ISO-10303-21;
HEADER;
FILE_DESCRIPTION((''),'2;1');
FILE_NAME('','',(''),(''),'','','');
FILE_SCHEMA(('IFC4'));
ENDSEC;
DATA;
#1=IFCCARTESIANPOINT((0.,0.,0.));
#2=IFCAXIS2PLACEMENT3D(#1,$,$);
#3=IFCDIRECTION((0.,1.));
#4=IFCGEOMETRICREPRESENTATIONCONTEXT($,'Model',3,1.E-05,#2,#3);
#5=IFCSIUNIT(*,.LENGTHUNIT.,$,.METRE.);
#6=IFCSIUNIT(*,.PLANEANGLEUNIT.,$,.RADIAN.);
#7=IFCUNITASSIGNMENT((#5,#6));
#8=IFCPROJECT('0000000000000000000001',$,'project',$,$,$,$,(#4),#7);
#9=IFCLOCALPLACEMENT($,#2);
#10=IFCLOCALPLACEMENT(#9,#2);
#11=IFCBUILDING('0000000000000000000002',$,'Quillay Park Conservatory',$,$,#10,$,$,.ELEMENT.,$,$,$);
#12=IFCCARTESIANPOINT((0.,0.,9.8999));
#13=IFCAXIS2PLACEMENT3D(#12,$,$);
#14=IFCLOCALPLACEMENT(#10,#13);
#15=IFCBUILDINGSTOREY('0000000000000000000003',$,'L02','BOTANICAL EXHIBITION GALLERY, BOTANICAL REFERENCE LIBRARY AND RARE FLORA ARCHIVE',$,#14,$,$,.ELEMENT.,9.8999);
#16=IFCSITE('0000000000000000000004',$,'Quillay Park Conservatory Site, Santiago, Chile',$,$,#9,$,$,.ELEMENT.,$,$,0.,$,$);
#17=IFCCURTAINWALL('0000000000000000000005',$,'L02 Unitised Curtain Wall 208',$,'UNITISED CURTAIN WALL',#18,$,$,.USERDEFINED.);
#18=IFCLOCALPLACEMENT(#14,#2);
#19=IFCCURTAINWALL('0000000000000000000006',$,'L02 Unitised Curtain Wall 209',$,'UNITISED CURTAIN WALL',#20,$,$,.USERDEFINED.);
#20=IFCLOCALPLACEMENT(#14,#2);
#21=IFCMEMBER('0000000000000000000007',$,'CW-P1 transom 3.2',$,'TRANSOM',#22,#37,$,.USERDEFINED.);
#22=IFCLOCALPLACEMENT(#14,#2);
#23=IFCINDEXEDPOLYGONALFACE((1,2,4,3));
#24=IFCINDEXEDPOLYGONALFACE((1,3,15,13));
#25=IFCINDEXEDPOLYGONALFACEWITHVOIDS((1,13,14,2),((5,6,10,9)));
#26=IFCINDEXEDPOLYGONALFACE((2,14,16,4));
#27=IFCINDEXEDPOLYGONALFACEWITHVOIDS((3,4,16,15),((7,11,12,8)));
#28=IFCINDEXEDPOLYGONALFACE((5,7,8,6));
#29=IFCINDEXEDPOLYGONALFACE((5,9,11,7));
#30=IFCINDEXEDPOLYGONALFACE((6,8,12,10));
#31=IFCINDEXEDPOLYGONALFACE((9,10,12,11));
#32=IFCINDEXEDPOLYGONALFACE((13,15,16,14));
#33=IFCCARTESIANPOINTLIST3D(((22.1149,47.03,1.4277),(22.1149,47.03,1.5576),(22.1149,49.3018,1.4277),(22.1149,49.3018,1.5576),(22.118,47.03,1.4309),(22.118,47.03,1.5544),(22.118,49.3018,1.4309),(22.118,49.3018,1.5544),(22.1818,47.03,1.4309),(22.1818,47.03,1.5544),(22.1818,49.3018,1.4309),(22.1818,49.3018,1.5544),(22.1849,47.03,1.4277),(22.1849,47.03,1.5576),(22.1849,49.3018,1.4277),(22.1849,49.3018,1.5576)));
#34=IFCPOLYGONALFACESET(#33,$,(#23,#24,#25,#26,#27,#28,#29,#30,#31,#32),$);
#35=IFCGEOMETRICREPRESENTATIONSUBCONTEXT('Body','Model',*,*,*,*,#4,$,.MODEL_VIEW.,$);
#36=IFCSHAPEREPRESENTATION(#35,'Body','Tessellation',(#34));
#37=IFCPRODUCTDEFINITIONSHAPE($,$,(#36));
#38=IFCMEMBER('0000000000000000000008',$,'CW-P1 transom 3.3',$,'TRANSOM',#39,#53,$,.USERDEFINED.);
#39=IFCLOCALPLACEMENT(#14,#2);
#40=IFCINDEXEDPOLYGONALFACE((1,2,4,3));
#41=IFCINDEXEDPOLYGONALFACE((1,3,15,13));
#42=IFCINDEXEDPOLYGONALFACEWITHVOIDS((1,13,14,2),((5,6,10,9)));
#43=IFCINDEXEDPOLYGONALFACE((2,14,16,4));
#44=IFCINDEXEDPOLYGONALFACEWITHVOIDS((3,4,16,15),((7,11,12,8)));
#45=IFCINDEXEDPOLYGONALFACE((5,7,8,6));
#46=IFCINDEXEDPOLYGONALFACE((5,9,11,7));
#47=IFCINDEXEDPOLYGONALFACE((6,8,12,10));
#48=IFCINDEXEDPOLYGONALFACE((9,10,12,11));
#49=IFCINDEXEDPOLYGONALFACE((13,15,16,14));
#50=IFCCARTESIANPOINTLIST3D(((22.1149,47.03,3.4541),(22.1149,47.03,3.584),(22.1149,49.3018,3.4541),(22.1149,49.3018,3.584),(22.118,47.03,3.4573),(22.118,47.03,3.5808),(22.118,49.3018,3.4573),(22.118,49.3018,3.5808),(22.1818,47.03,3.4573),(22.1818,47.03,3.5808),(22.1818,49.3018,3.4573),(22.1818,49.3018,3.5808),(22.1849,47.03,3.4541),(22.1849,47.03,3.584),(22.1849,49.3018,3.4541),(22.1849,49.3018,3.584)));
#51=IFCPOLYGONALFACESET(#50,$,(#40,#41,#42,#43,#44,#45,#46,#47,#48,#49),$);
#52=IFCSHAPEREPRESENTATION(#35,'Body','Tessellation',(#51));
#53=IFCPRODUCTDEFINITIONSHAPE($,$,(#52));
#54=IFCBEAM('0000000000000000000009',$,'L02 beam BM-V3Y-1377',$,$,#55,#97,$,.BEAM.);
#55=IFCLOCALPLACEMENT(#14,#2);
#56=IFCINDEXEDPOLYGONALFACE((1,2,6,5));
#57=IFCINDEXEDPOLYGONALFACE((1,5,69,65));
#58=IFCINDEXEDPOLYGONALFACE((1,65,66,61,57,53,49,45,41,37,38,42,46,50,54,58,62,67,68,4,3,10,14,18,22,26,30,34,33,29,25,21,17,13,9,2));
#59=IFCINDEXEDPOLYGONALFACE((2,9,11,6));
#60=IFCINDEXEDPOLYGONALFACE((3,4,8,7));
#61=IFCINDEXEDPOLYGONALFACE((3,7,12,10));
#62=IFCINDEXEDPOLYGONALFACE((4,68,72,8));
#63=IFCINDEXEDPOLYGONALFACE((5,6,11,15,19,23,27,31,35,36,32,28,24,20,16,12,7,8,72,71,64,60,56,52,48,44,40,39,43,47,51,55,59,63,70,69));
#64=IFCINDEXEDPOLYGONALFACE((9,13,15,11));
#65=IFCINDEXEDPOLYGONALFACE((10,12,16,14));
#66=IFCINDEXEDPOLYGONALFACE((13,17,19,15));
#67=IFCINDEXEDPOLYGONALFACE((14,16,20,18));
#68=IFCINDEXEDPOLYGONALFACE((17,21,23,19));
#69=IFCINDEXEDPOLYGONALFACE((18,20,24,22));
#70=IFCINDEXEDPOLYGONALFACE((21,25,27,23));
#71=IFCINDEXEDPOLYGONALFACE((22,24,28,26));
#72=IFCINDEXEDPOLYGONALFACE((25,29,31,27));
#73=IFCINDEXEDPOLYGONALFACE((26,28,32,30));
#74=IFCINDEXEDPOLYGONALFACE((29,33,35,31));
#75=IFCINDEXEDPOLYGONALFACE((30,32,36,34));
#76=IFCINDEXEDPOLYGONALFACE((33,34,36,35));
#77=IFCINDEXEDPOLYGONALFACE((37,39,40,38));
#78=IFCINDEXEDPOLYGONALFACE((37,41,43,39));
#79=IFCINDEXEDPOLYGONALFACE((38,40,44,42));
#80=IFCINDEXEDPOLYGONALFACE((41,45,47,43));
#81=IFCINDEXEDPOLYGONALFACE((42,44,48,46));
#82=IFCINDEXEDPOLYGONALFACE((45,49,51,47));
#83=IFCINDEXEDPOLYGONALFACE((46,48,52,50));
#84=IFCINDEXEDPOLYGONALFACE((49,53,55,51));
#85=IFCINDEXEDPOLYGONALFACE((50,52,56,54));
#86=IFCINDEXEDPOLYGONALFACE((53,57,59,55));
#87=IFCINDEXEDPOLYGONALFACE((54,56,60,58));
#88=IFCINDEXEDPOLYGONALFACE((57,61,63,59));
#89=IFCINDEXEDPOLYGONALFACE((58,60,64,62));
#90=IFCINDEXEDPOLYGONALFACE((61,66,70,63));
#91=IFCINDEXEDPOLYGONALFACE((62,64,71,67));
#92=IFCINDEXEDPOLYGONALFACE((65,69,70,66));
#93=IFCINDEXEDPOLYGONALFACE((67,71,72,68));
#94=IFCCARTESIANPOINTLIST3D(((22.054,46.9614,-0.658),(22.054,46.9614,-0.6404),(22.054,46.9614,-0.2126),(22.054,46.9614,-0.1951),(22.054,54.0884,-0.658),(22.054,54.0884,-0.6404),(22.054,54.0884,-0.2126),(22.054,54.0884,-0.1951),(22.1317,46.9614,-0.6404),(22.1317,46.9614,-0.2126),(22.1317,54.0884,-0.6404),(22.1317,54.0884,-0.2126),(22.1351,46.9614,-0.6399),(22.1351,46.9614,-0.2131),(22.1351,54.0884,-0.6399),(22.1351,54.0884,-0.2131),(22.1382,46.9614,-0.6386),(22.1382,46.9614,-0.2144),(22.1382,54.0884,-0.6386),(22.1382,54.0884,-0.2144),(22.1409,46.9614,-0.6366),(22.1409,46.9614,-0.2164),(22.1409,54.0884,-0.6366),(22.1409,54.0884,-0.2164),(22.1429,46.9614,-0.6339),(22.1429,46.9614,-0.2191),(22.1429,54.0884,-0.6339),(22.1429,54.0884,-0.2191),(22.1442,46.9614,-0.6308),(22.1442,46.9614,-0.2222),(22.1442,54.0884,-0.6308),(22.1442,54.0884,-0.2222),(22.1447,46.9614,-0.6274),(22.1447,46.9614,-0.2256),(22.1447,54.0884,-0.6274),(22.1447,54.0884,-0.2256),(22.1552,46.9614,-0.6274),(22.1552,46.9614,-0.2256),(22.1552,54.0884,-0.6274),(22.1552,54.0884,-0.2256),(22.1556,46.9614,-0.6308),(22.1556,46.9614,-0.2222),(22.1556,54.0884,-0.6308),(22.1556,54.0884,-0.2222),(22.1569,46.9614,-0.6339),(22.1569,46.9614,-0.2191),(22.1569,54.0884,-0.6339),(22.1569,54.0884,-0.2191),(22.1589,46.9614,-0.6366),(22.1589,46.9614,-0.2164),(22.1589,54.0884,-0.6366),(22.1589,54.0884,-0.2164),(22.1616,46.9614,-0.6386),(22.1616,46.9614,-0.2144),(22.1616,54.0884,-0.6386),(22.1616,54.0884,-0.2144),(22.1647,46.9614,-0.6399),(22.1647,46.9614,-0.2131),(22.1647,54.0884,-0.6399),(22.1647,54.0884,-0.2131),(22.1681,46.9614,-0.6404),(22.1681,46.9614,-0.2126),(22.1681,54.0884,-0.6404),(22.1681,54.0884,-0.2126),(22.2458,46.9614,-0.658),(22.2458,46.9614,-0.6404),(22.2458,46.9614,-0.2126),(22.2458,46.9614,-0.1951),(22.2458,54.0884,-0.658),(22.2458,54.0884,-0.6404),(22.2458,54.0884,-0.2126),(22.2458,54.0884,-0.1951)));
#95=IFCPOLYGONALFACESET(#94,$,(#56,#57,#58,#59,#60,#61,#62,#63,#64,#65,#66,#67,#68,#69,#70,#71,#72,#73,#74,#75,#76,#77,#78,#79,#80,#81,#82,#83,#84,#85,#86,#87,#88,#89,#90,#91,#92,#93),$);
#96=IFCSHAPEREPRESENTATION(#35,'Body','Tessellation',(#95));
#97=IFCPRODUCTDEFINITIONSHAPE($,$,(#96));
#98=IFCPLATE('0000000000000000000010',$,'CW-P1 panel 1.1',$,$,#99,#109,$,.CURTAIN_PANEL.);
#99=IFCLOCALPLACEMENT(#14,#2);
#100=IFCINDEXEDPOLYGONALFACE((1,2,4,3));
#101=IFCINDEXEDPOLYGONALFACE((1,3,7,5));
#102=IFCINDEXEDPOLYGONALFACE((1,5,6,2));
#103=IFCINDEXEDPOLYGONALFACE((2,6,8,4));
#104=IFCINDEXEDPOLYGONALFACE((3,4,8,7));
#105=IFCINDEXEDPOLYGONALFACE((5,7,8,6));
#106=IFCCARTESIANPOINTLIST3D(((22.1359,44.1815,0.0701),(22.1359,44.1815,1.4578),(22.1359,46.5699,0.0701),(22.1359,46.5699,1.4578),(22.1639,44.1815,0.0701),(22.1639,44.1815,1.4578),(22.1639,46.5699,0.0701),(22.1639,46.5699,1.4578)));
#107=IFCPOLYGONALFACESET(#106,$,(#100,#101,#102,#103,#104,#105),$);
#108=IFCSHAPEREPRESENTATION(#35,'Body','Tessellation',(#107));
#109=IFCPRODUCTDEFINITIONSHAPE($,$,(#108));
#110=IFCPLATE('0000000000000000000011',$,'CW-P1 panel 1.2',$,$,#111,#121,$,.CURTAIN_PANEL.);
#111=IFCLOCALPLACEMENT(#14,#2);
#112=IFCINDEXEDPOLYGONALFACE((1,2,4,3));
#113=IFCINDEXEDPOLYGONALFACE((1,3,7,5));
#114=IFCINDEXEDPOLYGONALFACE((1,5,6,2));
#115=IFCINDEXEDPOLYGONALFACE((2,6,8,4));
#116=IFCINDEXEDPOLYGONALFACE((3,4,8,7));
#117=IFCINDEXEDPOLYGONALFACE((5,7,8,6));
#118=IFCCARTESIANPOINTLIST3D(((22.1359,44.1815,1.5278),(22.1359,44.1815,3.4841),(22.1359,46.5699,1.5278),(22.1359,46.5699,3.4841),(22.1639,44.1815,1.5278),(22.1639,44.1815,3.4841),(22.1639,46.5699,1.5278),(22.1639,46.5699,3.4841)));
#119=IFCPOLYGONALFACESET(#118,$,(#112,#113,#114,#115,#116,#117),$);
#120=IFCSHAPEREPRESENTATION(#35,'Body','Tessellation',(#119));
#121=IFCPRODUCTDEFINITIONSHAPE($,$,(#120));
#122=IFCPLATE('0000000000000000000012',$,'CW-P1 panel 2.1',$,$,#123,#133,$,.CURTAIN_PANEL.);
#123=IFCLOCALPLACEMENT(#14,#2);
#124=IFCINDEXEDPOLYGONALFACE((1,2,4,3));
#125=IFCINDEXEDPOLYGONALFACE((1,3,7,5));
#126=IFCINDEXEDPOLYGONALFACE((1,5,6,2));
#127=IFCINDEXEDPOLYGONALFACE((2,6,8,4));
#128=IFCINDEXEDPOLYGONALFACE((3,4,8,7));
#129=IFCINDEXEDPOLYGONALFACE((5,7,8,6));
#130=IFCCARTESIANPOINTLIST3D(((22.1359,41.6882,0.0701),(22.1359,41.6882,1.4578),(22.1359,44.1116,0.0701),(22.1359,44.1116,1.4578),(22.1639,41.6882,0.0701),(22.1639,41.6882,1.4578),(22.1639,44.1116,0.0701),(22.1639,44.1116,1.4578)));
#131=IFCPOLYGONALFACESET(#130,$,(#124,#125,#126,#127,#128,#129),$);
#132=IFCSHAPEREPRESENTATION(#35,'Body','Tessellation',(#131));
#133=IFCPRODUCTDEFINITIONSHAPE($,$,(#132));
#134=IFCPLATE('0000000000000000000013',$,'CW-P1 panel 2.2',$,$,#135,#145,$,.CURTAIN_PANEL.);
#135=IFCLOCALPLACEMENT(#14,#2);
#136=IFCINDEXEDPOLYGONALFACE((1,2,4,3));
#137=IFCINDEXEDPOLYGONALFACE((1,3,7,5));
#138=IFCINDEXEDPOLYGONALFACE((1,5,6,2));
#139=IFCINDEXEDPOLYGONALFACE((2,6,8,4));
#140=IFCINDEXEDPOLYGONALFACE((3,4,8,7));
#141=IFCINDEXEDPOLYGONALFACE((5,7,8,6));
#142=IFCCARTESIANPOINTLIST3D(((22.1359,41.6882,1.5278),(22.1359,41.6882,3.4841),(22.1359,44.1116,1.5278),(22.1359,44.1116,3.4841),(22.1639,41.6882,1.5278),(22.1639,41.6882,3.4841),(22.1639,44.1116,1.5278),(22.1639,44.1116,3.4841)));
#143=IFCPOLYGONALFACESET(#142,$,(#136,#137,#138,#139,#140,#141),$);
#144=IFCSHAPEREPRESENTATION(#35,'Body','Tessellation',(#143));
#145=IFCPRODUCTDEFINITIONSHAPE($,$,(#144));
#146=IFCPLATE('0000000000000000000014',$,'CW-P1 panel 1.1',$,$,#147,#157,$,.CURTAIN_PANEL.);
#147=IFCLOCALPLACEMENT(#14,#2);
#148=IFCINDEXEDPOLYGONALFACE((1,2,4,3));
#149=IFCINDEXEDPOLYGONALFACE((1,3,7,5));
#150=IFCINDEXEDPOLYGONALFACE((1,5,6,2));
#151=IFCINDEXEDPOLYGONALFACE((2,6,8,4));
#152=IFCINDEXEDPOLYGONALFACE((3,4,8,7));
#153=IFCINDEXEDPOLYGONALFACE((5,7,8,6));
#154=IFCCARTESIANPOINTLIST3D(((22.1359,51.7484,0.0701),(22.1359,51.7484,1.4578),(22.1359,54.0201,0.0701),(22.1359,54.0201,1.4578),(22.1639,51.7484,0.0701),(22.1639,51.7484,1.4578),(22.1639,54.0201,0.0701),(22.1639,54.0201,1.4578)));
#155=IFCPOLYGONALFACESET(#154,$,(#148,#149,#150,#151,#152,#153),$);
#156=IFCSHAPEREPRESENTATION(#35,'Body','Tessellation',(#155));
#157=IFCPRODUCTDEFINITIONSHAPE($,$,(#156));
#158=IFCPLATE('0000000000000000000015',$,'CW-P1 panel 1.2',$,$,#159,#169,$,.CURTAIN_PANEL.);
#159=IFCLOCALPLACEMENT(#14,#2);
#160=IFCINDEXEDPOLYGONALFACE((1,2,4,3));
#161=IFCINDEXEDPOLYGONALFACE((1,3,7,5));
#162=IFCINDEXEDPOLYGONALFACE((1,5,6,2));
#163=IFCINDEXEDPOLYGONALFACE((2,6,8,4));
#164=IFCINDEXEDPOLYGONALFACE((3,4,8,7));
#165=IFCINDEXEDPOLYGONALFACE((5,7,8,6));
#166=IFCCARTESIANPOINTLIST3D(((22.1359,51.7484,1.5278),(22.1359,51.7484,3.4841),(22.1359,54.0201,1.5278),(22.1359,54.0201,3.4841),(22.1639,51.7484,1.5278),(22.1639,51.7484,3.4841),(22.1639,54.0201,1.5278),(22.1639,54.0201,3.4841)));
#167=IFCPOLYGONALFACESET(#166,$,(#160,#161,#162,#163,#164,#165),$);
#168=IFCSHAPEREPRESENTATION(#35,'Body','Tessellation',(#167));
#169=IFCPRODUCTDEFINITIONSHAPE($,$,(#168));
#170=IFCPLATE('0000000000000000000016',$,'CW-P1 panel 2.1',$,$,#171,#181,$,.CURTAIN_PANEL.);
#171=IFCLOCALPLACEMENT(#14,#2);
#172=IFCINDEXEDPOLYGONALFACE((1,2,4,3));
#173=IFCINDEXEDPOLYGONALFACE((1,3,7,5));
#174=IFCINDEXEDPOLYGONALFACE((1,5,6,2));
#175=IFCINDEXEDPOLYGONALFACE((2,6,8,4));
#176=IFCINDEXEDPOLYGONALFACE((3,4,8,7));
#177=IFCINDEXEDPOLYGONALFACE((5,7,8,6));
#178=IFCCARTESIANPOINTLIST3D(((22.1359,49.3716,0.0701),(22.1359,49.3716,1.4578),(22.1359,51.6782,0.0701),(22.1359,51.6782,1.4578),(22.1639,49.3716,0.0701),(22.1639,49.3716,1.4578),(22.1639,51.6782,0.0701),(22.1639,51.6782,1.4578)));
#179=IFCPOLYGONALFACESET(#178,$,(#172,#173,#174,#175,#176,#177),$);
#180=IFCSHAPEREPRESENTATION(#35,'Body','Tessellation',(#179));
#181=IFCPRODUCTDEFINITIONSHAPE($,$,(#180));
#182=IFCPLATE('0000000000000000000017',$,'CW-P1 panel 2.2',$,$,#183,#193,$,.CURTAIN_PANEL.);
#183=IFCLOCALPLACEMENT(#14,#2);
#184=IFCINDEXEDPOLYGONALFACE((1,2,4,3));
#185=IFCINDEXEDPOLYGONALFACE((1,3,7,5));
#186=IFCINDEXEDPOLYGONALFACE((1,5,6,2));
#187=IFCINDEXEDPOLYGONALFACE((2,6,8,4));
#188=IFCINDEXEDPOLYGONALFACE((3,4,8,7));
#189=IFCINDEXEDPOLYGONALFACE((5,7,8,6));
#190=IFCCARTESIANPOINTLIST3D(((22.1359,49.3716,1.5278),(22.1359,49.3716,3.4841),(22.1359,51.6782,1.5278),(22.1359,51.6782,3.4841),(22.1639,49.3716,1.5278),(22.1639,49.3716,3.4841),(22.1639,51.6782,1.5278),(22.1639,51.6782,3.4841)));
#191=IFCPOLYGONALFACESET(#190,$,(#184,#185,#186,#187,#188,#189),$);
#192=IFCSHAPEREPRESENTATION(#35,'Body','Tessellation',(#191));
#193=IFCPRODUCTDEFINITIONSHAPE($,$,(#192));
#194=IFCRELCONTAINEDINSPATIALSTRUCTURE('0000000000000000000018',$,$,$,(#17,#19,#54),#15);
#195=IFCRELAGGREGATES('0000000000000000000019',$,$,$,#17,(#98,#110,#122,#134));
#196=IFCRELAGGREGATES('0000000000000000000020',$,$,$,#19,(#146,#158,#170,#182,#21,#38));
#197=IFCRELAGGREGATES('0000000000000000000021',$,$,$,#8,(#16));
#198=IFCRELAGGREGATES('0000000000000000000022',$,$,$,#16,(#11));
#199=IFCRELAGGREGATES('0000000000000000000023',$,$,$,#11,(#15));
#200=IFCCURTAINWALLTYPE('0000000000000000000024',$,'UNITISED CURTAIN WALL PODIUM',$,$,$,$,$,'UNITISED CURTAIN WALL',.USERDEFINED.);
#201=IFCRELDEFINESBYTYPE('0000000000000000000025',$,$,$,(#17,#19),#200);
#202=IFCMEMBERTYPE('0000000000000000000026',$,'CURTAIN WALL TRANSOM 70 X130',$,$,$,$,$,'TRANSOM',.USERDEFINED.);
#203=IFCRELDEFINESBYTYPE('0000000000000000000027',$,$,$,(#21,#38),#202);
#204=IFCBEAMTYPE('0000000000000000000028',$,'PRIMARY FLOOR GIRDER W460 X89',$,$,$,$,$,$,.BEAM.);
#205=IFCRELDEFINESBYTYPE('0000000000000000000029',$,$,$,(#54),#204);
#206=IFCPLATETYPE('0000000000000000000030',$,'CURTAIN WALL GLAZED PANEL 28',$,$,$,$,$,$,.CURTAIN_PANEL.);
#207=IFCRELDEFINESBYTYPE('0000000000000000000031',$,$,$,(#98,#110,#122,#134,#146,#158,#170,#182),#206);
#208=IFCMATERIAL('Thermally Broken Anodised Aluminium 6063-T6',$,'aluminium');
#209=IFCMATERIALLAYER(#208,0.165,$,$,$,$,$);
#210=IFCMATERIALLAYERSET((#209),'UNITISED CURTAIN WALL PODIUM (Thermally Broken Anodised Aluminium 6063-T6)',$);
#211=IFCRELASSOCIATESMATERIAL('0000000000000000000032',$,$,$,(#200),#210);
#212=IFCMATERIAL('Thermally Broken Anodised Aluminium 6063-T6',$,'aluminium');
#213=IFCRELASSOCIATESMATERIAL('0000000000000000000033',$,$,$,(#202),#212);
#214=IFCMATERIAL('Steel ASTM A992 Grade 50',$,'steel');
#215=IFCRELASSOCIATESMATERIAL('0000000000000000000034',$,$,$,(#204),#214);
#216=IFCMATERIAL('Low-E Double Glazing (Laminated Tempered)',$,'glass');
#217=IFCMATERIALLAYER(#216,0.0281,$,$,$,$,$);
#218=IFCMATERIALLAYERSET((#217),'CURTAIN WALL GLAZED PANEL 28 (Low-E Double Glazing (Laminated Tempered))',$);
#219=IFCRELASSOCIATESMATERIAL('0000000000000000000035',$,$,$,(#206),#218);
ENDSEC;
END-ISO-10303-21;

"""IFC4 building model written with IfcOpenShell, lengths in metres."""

from ifc_helpers import new_model, si_unit, direction, frame, origin, origin_2d, place, context, subcontext, project, spatial, rectangle, hollow_rectangle, i_section, extrude, material, layer, layer_set, material_profile, profile_set, type_object, element, aggregate, save


model = new_model("IFC4")

# Units and contexts
model_context = context("Model", 3, precision=1e-05, world=origin(), true_north=direction((0.0, 1.0)))
body_context = subcontext(model_context, "Body", "Model", "MODEL_VIEW")
ifc_project = project(units=[si_unit("LENGTHUNIT", "METRE"), si_unit("PLANEANGLEUNIT", "RADIAN")], contexts=[model_context])

# Site, building, storey
site_placement = place(None, origin())
site = spatial("IfcSite", under=ifc_project, at=site_placement, Name="Quillay Park Conservatory Site, Santiago, Chile", CompositionType="ELEMENT", RefElevation=0.0)
building_placement = place(site_placement, origin())
building = spatial("IfcBuilding", under=site, at=building_placement, Name="Quillay Park Conservatory", CompositionType="ELEMENT")
storey_placement = place(building_placement, frame((0.0, 0.0, 9.8999)))
storey = spatial("IfcBuildingStorey", under=building, at=storey_placement, Name="L02", Description="BOTANICAL EXHIBITION GALLERY, BOTANICAL REFERENCE LIBRARY AND RARE FLORA ARCHIVE", CompositionType="ELEMENT", Elevation=9.8999)

# Curtain walls
ifc_material_1 = material(Name="Thermally Broken Anodised Aluminium 6063-T6", Category="aluminium")
ifc_layer_1 = layer(ifc_material_1, 0.165)
ifc_layer_set_1 = layer_set([ifc_layer_1], Name="UNITISED CURTAIN WALL PODIUM (Thermally Broken Anodised Aluminium 6063-T6)")
curtain_wall_type = type_object("IfcCurtainWallType", Name="UNITISED CURTAIN WALL PODIUM", ElementType="UNITISED CURTAIN WALL", PredefinedType="USERDEFINED", material=ifc_layer_set_1)
curtain_wall_1_placement = place(storey_placement, origin())
curtain_wall_1 = element("IfcCurtainWall", 1, at=curtain_wall_1_placement, inside=storey, type_object=curtain_wall_type, Name="L02 Unitised Curtain Wall 208", ObjectType="UNITISED CURTAIN WALL", PredefinedType="USERDEFINED")
curtain_wall_2_placement = place(storey_placement, origin())
curtain_wall_2 = element("IfcCurtainWall", 2, at=curtain_wall_2_placement, inside=storey, type_object=curtain_wall_type, Name="L02 Unitised Curtain Wall 209", ObjectType="UNITISED CURTAIN WALL", PredefinedType="USERDEFINED")

# Members
ifc_material_2 = material(Name="Thermally Broken Anodised Aluminium 6063-T6", Category="aluminium")
ifc_material_profile_1 = material_profile(ifc_material_2, hollow_rectangle(XDim=0.0701, YDim=0.1299, WallThickness=0.0032, at=origin_2d()), Name="AL70x130x3.2")
ifc_profile_set_1 = profile_set([ifc_material_profile_1], Name="Thermally Broken Anodised Aluminium 6063-T6")
member_type_1 = type_object("IfcMemberType", Name="CURTAIN WALL TRANSOM 70 X130", ElementType="TRANSOM", PredefinedType="USERDEFINED", material=ifc_profile_set_1)
member_1_placement = place(storey_placement, frame((22.1499, 49.3018, 1.4927), z_axis=(0.0, -1.0, 0.0), x_axis=(1.0, 0.0, 0.0)))
member_1 = element("IfcMember", 3, at=member_1_placement, type_object=member_type_1, Name="CW-P1 transom 3.2", ObjectType="TRANSOM", PredefinedType="USERDEFINED", context=body_context, shape_type="SweptSolid", body=[
    extrude(hollow_rectangle(XDim=0.0701, YDim=0.1299, WallThickness=0.0032, at=origin_2d()), origin(), (0.0, 0.0, 1.0), 2.2717),
])
member_2_placement = place(storey_placement, frame((22.1499, 49.3018, 3.519), z_axis=(0.0, -1.0, 0.0), x_axis=(1.0, 0.0, 0.0)))
member_2 = element("IfcMember", 4, at=member_2_placement, type_object=member_type_1, Name="CW-P1 transom 3.3", ObjectType="TRANSOM", PredefinedType="USERDEFINED", context=body_context, shape_type="SweptSolid", body=[
    extrude(hollow_rectangle(XDim=0.0701, YDim=0.1299, WallThickness=0.0032, at=origin_2d()), origin(), (0.0, 0.0, 1.0), 2.2717),
])

# Beam
ifc_material_3 = material(Name="Steel ASTM A992 Grade 50", Category="steel")
ifc_material_profile_2 = material_profile(ifc_material_3, i_section(OverallWidth=0.1919, OverallDepth=0.4629, WebThickness=0.0105, FlangeThickness=0.0176, FilletRadius=0.0129, at=origin_2d()), Name="W460x89")
ifc_profile_set_2 = profile_set([ifc_material_profile_2], Name="Steel ASTM A992 Grade 50")
beam_type = type_object("IfcBeamType", Name="PRIMARY FLOOR GIRDER W460 X89", PredefinedType="BEAM", material=ifc_profile_set_2)
beam_placement = place(storey_placement, frame((22.1499, 46.9614, -0.4265), z_axis=(0.0, 1.0, 0.0), x_axis=(-1.0, 0.0, 0.0)))
element("IfcBeam", 5, at=beam_placement, inside=storey, type_object=beam_type, Name="L02 beam BM-V3Y-1377", PredefinedType="BEAM", context=body_context, shape_type="SweptSolid", body=[
    extrude(i_section(OverallWidth=0.1919, OverallDepth=0.4629, WebThickness=0.0105, FlangeThickness=0.0176, FilletRadius=0.0129, at=origin_2d()), origin(), (0.0, 0.0, 1.0), 7.127),
])

# Plates
ifc_material_4 = material(Name="Low-E Double Glazing (Laminated Tempered)", Category="glass")
ifc_layer_2 = layer(ifc_material_4, 0.0281)
ifc_layer_set_2 = layer_set([ifc_layer_2], Name="CURTAIN WALL GLAZED PANEL 28 (Low-E Double Glazing (Laminated Tempered))")
plate_type = type_object("IfcPlateType", Name="CURTAIN WALL GLAZED PANEL 28", PredefinedType="CURTAIN_PANEL", material=ifc_layer_set_2)
plate_1_placement = place(storey_placement, frame((22.1499, 45.3757, 0.0701), z_axis=(0.0, 0.0, 1.0), x_axis=(0.0, -1.0, 0.0)))
plate_1 = element("IfcPlate", 6, at=plate_1_placement, type_object=plate_type, Name="CW-P1 panel 1.1", PredefinedType="CURTAIN_PANEL", context=body_context, shape_type="SweptSolid", body=[
    extrude(rectangle(XDim=2.3884, YDim=0.0281, at=origin_2d()), origin(), (0.0, 0.0, 1.0), 1.3877),
])
plate_2_placement = place(storey_placement, frame((22.1499, 45.3757, 1.5278), z_axis=(0.0, 0.0, 1.0), x_axis=(0.0, -1.0, 0.0)))
plate_2 = element("IfcPlate", 7, at=plate_2_placement, type_object=plate_type, Name="CW-P1 panel 1.2", PredefinedType="CURTAIN_PANEL", context=body_context, shape_type="SweptSolid", body=[
    extrude(rectangle(XDim=2.3884, YDim=0.0281, at=origin_2d()), origin(), (0.0, 0.0, 1.0), 1.9563),
])
plate_3_placement = place(storey_placement, frame((22.1499, 42.8999, 0.0701), z_axis=(0.0, 0.0, 1.0), x_axis=(0.0, -1.0, 0.0)))
plate_3 = element("IfcPlate", 8, at=plate_3_placement, type_object=plate_type, Name="CW-P1 panel 2.1", PredefinedType="CURTAIN_PANEL", context=body_context, shape_type="SweptSolid", body=[
    extrude(rectangle(XDim=2.4233, YDim=0.0281, at=origin_2d()), origin(), (0.0, 0.0, 1.0), 1.3877),
])
plate_4_placement = place(storey_placement, frame((22.1499, 42.8999, 1.5278), z_axis=(0.0, 0.0, 1.0), x_axis=(0.0, -1.0, 0.0)))
plate_4 = element("IfcPlate", 9, at=plate_4_placement, type_object=plate_type, Name="CW-P1 panel 2.2", PredefinedType="CURTAIN_PANEL", context=body_context, shape_type="SweptSolid", body=[
    extrude(rectangle(XDim=2.4233, YDim=0.0281, at=origin_2d()), origin(), (0.0, 0.0, 1.0), 1.9563),
])
aggregate(curtain_wall_1, [plate_1, plate_2, plate_3, plate_4])
plate_5_placement = place(storey_placement, frame((22.1499, 52.8843, 0.0701), z_axis=(0.0, 0.0, 1.0), x_axis=(0.0, -1.0, 0.0)))
plate_5 = element("IfcPlate", 10, at=plate_5_placement, type_object=plate_type, Name="CW-P1 panel 1.1", PredefinedType="CURTAIN_PANEL", context=body_context, shape_type="SweptSolid", body=[
    extrude(rectangle(XDim=2.2717, YDim=0.0281, at=origin_2d()), origin(), (0.0, 0.0, 1.0), 1.3877),
])
plate_6_placement = place(storey_placement, frame((22.1499, 52.8843, 1.5278), z_axis=(0.0, 0.0, 1.0), x_axis=(0.0, -1.0, 0.0)))
plate_6 = element("IfcPlate", 11, at=plate_6_placement, type_object=plate_type, Name="CW-P1 panel 1.2", PredefinedType="CURTAIN_PANEL", context=body_context, shape_type="SweptSolid", body=[
    extrude(rectangle(XDim=2.2717, YDim=0.0281, at=origin_2d()), origin(), (0.0, 0.0, 1.0), 1.9563),
])
plate_7_placement = place(storey_placement, frame((22.1499, 50.5249, 0.0701), z_axis=(0.0, 0.0, 1.0), x_axis=(0.0, -1.0, 0.0)))
plate_7 = element("IfcPlate", 12, at=plate_7_placement, type_object=plate_type, Name="CW-P1 panel 2.1", PredefinedType="CURTAIN_PANEL", context=body_context, shape_type="SweptSolid", body=[
    extrude(rectangle(XDim=2.3066, YDim=0.0281, at=origin_2d()), origin(), (0.0, 0.0, 1.0), 1.3877),
])
plate_8_placement = place(storey_placement, frame((22.1499, 50.5249, 1.5278), z_axis=(0.0, 0.0, 1.0), x_axis=(0.0, -1.0, 0.0)))
plate_8 = element("IfcPlate", 13, at=plate_8_placement, type_object=plate_type, Name="CW-P1 panel 2.2", PredefinedType="CURTAIN_PANEL", context=body_context, shape_type="SweptSolid", body=[
    extrude(rectangle(XDim=2.3066, YDim=0.0281, at=origin_2d()), origin(), (0.0, 0.0, 1.0), 1.9563),
])
aggregate(curtain_wall_2, [plate_5, plate_6, plate_7, plate_8, member_1, member_2])

save(model, "model.ifc")
